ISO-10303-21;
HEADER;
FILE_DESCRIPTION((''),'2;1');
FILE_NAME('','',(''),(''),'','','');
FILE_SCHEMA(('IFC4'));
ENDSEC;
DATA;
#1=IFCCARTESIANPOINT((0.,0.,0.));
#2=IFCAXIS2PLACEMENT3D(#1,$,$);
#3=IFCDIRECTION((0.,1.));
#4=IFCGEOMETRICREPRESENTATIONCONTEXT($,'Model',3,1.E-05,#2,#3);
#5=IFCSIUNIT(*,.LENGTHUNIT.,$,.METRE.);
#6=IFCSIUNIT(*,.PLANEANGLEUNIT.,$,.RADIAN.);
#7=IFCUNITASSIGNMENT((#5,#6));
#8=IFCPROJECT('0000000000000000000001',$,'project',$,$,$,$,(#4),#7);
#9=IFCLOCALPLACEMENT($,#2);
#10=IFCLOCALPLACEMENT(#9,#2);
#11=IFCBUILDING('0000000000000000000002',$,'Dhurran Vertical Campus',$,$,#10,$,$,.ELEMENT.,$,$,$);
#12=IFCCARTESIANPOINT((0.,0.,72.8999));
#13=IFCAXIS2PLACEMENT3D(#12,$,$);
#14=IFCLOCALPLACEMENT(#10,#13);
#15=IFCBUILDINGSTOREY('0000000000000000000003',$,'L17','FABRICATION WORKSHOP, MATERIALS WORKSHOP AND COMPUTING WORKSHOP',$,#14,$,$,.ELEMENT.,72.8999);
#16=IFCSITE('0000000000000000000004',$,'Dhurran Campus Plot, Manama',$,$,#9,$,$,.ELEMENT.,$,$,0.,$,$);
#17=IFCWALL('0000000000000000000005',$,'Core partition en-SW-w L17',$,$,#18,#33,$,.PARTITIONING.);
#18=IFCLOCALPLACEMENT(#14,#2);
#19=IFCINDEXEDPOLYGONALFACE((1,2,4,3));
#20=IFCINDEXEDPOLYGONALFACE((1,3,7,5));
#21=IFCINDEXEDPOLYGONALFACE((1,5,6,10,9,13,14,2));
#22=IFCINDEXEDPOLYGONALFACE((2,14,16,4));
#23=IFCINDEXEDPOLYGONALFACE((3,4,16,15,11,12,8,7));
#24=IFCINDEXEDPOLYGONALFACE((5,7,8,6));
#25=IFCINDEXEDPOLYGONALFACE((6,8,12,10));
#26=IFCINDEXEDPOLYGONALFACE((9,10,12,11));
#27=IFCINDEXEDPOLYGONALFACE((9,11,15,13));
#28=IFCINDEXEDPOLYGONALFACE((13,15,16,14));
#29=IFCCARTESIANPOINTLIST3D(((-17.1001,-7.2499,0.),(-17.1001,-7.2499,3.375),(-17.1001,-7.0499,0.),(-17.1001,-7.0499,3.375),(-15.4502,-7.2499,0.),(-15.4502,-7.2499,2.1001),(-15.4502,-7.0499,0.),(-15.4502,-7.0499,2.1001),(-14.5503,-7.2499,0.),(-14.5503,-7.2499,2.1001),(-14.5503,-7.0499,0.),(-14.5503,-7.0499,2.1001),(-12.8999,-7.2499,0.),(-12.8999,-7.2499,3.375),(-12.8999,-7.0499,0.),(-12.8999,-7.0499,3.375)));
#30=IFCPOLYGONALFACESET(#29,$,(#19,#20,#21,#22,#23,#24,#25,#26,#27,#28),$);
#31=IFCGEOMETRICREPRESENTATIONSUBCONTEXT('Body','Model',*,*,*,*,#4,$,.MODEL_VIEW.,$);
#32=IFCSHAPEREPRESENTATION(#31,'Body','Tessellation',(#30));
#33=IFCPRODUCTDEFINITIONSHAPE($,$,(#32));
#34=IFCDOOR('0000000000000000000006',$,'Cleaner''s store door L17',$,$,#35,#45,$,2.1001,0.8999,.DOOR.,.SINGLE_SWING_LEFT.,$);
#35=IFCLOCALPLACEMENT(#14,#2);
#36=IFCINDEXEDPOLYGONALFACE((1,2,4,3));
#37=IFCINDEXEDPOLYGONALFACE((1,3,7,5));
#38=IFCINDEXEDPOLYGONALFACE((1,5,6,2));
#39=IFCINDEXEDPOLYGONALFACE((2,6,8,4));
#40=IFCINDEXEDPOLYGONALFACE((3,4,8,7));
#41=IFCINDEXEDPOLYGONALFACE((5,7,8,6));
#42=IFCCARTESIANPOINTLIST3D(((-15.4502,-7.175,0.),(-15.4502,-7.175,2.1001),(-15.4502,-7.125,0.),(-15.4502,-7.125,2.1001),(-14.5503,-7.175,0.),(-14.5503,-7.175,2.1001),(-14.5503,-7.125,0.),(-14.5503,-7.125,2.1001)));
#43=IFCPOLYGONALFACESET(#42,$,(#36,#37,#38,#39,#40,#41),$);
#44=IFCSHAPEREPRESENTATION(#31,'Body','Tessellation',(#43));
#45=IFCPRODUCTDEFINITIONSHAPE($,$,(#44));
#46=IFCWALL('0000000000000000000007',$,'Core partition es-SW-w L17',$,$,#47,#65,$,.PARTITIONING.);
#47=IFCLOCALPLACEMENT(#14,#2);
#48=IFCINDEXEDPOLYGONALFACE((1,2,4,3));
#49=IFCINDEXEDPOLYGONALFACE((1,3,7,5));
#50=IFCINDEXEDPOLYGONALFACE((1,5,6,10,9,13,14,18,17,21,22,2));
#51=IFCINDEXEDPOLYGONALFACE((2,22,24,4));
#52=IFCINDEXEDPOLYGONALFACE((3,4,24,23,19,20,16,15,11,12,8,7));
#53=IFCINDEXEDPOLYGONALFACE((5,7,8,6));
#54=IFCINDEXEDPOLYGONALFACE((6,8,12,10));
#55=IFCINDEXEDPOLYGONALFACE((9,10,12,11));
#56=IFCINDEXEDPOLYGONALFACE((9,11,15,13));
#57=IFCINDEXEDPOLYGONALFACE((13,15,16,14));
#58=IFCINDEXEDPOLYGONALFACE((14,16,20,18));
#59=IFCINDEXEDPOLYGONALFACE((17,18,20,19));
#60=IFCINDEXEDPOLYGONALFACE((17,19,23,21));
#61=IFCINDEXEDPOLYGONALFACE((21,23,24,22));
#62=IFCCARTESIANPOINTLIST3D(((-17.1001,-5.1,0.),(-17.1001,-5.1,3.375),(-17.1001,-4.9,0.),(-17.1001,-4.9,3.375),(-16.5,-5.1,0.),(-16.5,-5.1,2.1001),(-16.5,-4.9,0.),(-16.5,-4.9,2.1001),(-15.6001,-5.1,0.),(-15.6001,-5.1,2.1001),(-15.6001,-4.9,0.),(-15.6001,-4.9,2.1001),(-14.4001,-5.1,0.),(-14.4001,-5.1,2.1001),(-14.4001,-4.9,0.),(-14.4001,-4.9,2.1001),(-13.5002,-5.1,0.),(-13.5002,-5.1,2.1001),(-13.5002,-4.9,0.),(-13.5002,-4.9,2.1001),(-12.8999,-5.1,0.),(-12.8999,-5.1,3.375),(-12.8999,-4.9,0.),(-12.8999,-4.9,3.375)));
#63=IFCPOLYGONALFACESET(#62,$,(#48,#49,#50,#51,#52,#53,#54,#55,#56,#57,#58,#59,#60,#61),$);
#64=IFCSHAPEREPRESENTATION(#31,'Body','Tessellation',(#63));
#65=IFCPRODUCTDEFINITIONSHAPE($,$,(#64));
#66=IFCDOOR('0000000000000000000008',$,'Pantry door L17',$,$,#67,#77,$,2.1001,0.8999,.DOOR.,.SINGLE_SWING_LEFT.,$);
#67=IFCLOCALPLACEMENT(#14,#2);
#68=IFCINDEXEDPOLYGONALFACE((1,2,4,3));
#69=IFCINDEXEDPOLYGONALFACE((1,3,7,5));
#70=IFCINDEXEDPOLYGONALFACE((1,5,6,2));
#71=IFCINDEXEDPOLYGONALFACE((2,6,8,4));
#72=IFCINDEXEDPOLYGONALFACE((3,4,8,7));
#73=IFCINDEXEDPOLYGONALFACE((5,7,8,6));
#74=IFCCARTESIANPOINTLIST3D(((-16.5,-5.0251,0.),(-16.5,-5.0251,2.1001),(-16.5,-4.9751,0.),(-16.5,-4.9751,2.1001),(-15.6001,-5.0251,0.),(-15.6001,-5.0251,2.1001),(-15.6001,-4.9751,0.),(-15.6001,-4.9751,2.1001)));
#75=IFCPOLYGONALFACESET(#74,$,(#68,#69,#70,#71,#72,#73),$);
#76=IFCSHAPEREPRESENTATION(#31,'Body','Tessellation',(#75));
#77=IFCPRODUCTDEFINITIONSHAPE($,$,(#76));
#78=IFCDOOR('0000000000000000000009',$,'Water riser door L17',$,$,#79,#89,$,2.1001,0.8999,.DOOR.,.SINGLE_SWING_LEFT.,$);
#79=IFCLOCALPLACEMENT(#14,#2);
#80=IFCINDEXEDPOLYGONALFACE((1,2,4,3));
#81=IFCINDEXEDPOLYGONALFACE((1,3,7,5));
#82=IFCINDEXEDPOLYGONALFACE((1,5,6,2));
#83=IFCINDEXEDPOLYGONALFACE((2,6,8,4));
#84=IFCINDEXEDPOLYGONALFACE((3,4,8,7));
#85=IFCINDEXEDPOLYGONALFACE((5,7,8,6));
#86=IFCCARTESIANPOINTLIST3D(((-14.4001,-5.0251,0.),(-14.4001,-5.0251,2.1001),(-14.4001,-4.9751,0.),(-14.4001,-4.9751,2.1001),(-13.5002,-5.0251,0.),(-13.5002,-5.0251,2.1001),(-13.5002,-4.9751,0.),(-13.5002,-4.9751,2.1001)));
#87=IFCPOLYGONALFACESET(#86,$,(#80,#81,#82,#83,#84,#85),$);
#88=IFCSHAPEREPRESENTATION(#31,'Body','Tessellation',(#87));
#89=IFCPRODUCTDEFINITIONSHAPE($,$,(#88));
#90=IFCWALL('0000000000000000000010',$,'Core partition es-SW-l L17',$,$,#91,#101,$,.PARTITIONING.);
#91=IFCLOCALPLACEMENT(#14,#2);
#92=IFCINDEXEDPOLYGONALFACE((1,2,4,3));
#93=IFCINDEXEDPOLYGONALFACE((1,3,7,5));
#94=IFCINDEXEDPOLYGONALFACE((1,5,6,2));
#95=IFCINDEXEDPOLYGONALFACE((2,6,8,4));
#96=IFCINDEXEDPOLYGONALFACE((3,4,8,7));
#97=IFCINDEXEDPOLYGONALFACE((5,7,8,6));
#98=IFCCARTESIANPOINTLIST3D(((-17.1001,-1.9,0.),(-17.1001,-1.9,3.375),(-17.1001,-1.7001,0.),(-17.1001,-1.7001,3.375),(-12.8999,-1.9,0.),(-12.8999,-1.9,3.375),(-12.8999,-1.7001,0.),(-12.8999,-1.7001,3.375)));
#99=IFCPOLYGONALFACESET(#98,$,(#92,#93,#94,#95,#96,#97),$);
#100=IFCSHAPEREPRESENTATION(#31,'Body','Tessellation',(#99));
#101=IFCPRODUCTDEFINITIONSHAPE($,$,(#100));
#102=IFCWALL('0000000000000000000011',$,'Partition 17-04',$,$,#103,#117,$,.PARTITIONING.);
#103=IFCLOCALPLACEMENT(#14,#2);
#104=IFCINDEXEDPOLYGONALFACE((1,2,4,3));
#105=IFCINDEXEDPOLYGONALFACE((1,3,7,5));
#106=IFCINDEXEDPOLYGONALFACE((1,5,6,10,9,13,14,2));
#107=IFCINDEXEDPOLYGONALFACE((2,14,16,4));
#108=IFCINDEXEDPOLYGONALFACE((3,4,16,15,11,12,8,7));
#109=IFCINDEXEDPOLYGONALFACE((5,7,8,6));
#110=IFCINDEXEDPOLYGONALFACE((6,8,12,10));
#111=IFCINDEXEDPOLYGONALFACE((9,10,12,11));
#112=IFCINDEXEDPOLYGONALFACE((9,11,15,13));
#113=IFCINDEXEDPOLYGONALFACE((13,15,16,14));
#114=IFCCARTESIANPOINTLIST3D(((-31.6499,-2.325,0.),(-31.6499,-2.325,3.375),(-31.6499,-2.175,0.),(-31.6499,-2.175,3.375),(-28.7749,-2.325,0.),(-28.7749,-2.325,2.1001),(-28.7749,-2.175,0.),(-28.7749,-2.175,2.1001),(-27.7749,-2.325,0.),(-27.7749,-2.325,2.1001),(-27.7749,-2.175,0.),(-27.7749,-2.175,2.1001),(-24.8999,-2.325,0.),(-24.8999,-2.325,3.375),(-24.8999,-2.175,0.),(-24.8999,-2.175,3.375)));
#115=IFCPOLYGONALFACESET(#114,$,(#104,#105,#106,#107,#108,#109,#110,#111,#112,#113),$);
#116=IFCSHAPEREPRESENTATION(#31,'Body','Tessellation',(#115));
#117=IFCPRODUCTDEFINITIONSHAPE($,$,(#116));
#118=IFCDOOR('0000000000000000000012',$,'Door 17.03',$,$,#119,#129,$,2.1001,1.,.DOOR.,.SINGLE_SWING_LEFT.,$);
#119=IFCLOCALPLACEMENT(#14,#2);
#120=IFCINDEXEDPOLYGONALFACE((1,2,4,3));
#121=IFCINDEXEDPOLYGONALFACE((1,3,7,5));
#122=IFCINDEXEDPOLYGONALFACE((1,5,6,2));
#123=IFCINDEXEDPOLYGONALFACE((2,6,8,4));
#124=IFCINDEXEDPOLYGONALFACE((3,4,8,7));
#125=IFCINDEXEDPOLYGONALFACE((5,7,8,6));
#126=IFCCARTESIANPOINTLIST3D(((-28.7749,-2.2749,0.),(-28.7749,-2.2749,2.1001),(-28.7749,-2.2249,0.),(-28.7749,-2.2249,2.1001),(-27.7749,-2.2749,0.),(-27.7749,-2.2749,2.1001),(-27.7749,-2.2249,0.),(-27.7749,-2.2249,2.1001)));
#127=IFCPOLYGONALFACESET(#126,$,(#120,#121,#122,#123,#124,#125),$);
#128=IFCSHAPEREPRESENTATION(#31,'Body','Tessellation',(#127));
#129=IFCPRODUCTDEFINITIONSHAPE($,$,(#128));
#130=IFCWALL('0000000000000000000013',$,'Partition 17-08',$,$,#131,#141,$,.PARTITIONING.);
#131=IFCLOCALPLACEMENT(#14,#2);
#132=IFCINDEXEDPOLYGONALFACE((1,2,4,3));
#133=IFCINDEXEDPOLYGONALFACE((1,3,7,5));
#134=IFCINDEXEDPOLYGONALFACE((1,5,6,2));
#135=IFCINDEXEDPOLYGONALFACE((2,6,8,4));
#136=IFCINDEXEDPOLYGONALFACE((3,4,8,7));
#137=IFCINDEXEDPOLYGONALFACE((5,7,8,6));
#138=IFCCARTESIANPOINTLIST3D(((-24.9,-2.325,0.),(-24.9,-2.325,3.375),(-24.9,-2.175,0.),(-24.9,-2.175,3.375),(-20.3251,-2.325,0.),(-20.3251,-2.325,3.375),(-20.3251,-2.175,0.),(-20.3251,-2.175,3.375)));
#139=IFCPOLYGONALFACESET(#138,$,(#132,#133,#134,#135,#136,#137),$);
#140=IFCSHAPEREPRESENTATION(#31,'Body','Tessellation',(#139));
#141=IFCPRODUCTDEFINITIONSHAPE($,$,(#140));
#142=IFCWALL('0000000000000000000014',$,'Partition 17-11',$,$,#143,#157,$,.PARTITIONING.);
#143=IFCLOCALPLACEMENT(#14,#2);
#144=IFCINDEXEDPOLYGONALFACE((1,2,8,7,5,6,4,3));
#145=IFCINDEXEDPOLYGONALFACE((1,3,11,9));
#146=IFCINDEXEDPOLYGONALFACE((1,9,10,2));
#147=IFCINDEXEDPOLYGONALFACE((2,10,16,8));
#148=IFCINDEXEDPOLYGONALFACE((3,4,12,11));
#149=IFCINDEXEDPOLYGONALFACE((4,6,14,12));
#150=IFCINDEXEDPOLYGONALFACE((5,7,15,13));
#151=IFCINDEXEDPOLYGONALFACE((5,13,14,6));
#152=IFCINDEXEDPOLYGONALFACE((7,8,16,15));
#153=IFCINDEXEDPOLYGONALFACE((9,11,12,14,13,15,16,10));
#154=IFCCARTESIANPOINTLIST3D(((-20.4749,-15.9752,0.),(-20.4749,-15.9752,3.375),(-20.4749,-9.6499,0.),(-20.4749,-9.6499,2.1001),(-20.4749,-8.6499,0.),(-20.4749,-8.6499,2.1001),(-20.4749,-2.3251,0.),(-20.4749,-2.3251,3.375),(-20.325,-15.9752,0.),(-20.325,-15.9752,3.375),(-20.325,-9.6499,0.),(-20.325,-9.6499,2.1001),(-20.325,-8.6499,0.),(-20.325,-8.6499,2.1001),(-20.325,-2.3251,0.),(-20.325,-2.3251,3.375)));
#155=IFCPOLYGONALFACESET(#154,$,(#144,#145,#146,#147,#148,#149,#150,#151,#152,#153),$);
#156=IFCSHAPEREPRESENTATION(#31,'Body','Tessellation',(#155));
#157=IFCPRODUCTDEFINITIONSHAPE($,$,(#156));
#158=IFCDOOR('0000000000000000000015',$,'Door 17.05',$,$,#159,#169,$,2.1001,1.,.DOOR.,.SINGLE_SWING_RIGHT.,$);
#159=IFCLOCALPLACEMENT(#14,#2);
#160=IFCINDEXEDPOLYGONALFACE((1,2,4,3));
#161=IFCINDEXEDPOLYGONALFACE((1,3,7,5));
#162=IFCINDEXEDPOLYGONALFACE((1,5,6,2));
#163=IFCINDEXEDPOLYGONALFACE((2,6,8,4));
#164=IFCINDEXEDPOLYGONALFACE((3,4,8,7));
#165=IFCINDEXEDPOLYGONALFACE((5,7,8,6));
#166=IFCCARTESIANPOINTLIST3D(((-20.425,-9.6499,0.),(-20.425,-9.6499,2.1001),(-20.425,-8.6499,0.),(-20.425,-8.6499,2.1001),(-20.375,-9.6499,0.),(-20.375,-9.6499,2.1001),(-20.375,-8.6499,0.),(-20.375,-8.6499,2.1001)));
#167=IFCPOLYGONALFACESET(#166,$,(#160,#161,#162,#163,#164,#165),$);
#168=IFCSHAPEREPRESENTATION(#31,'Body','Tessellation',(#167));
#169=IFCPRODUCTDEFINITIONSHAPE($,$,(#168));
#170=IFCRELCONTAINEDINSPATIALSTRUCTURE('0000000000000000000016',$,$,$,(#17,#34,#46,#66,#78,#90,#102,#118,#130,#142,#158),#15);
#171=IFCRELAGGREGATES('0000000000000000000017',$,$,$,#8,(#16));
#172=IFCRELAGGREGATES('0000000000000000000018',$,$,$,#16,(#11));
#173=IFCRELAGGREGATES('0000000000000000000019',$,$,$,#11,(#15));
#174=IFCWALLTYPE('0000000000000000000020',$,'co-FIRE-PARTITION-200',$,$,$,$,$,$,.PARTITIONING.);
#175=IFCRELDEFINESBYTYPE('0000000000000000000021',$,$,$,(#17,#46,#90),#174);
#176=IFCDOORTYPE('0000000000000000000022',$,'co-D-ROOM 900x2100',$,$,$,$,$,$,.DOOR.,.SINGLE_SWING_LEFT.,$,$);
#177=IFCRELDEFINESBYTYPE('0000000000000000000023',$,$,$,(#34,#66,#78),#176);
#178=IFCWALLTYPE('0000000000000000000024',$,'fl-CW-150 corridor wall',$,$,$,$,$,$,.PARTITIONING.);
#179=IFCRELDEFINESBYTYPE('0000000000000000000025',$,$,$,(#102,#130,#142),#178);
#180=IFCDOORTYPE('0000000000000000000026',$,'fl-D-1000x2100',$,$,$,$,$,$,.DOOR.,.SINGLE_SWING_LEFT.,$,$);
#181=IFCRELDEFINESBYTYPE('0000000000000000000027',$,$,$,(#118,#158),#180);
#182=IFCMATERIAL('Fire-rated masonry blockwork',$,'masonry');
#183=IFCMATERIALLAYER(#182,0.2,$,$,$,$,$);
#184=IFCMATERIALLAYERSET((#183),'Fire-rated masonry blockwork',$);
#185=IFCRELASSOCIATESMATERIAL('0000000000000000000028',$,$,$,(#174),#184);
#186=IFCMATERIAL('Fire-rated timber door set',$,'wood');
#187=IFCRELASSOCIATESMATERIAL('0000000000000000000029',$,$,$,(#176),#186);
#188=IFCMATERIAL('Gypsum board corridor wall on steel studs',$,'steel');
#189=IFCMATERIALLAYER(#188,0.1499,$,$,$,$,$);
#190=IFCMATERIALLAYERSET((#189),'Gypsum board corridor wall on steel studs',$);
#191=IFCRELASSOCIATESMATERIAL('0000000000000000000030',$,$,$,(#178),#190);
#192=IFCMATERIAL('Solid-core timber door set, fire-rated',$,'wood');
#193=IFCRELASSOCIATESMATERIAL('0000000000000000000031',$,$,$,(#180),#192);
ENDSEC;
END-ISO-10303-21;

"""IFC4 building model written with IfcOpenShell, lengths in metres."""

from ifc_helpers import new_model, si_unit, direction, frame, frame_2d, origin, place, context, subcontext, project, spatial, rectangle, extrude, material, layer, layer_set, type_object, element, fill, save


model = new_model("IFC4")

# Units and contexts
model_context = context("Model", 3, precision=1e-05, world=origin(), true_north=direction((0.0, 1.0)))
body_context = subcontext(model_context, "Body", "Model", "MODEL_VIEW")
ifc_project = project(units=[si_unit("LENGTHUNIT", "METRE"), si_unit("PLANEANGLEUNIT", "RADIAN")], contexts=[model_context])

# Site, building, storey
site_placement = place(None, origin())
site = spatial("IfcSite", under=ifc_project, at=site_placement, Name="Dhurran Campus Plot, Manama", CompositionType="ELEMENT", RefElevation=0.0)
building_placement = place(site_placement, origin())
building = spatial("IfcBuilding", under=site, at=building_placement, Name="Dhurran Vertical Campus", CompositionType="ELEMENT")
storey_placement = place(building_placement, frame((0.0, 0.0, 72.8999)))
storey = spatial("IfcBuildingStorey", under=building, at=storey_placement, Name="L17", Description="FABRICATION WORKSHOP, MATERIALS WORKSHOP AND COMPUTING WORKSHOP", CompositionType="ELEMENT", Elevation=72.8999)

# Wall, opening, door
ifc_material_1 = material(Name="Fire-rated masonry blockwork", Category="masonry")
ifc_layer_1 = layer(ifc_material_1, 0.2)
ifc_layer_set_1 = layer_set([ifc_layer_1], Name="Fire-rated masonry blockwork")
wall_type_1 = type_object("IfcWallType", Name="co-FIRE-PARTITION-200", PredefinedType="PARTITIONING", material=ifc_layer_set_1)
wall_1_placement = place(storey_placement, frame((-17.1001, -7.1499, 0.0), z_axis=(0.0, 0.0, 1.0), x_axis=(1.0, 0.0, 0.0)))
wall_1 = element("IfcWall", 1, at=wall_1_placement, inside=storey, type_object=wall_type_1, Name="Core partition en-SW-w L17", PredefinedType="PARTITIONING", context=body_context, shape_type="SweptSolid", body=[
    extrude(rectangle(XDim=4.2002, YDim=0.2, at=frame_2d((2.1001, 0.0))), origin(), (0.0, 0.0, 1.0), 3.375),
])
opening_1_placement = place(wall_1_placement, frame((1.6499, 0.0, 0.0)))
opening_1 = element("IfcOpeningElement", 2, at=opening_1_placement, cuts=wall_1, PredefinedType="OPENING", context=body_context, shape_type="SweptSolid", body=[
    extrude(rectangle(XDim=0.8999, YDim=2.1001, at=frame_2d((0.45, 1.05))), frame((0.0, 0.1099, 0.0), z_axis=(0.0, -1.0, 0.0), x_axis=(1.0, 0.0, 0.0)), (0.0, 0.0, 1.0), 0.22),
])
ifc_material_2 = material(Name="Fire-rated timber door set", Category="wood")
door_type_1 = type_object("IfcDoorType", Name="co-D-ROOM 900x2100", OperationType="SINGLE_SWING_LEFT", PredefinedType="DOOR", material=ifc_material_2)
door_1_placement = place(opening_1_placement, origin())
door_1 = element("IfcDoor", 3, at=door_1_placement, inside=storey, type_object=door_type_1, Name="Cleaner's store door L17", OperationType="SINGLE_SWING_LEFT", OverallHeight=2.1001, OverallWidth=0.8999, PredefinedType="DOOR", context=body_context, shape_type="SweptSolid", body=[
    extrude(rectangle(XDim=0.8999, YDim=2.1001, at=frame_2d((0.45, 1.05))), frame((0.0, 0.0249, 0.0), z_axis=(0.0, -1.0, 0.0), x_axis=(1.0, 0.0, 0.0)), (0.0, 0.0, 1.0), 0.05),
])
fill(opening_1, door_1)

# Wall, openings, doors
wall_2_placement = place(storey_placement, frame((-17.1001, -5.0, 0.0), z_axis=(0.0, 0.0, 1.0), x_axis=(1.0, 0.0, 0.0)))
wall_2 = element("IfcWall", 4, at=wall_2_placement, inside=storey, type_object=wall_type_1, Name="Core partition es-SW-w L17", PredefinedType="PARTITIONING", context=body_context, shape_type="SweptSolid", body=[
    extrude(rectangle(XDim=4.2002, YDim=0.2, at=frame_2d((2.1001, 0.0))), origin(), (0.0, 0.0, 1.0), 3.375),
])
opening_2_placement = place(wall_2_placement, frame((0.6001, 0.0, 0.0)))
opening_2 = element("IfcOpeningElement", 5, at=opening_2_placement, cuts=wall_2, PredefinedType="OPENING", context=body_context, shape_type="SweptSolid", body=[
    extrude(rectangle(XDim=0.8999, YDim=2.1001, at=frame_2d((0.45, 1.05))), frame((0.0, 0.1099, 0.0), z_axis=(0.0, -1.0, 0.0), x_axis=(1.0, 0.0, 0.0)), (0.0, 0.0, 1.0), 0.22),
])
opening_3_placement = place(wall_2_placement, frame((2.7, 0.0, 0.0)))
opening_3 = element("IfcOpeningElement", 6, at=opening_3_placement, cuts=wall_2, PredefinedType="OPENING", context=body_context, shape_type="SweptSolid", body=[
    extrude(rectangle(XDim=0.8999, YDim=2.1001, at=frame_2d((0.45, 1.05))), frame((0.0, 0.1099, 0.0), z_axis=(0.0, -1.0, 0.0), x_axis=(1.0, 0.0, 0.0)), (0.0, 0.0, 1.0), 0.22),
])
door_2_placement = place(opening_2_placement, origin())
door_2 = element("IfcDoor", 7, at=door_2_placement, inside=storey, type_object=door_type_1, Name="Pantry door L17", OperationType="SINGLE_SWING_LEFT", OverallHeight=2.1001, OverallWidth=0.8999, PredefinedType="DOOR", context=body_context, shape_type="SweptSolid", body=[
    extrude(rectangle(XDim=0.8999, YDim=2.1001, at=frame_2d((0.45, 1.05))), frame((0.0, 0.0249, 0.0), z_axis=(0.0, -1.0, 0.0), x_axis=(1.0, 0.0, 0.0)), (0.0, 0.0, 1.0), 0.05),
])
fill(opening_2, door_2)
door_3_placement = place(opening_3_placement, origin())
door_3 = element("IfcDoor", 8, at=door_3_placement, inside=storey, type_object=door_type_1, Name="Water riser door L17", OperationType="SINGLE_SWING_LEFT", OverallHeight=2.1001, OverallWidth=0.8999, PredefinedType="DOOR", context=body_context, shape_type="SweptSolid", body=[
    extrude(rectangle(XDim=0.8999, YDim=2.1001, at=frame_2d((0.45, 1.05))), frame((0.0, 0.0249, 0.0), z_axis=(0.0, -1.0, 0.0), x_axis=(1.0, 0.0, 0.0)), (0.0, 0.0, 1.0), 0.05),
])
fill(opening_3, door_3)

# Wall
wall_3_placement = place(storey_placement, frame((-17.1001, -1.8, 0.0), z_axis=(0.0, 0.0, 1.0), x_axis=(1.0, 0.0, 0.0)))
element("IfcWall", 9, at=wall_3_placement, inside=storey, type_object=wall_type_1, Name="Core partition es-SW-l L17", PredefinedType="PARTITIONING", context=body_context, shape_type="SweptSolid", body=[
    extrude(rectangle(XDim=4.2002, YDim=0.2, at=frame_2d((2.1001, 0.0))), origin(), (0.0, 0.0, 1.0), 3.375),
])

# Wall, opening, door
ifc_material_3 = material(Name="Gypsum board corridor wall on steel studs", Category="steel")
ifc_layer_2 = layer(ifc_material_3, 0.1499)
ifc_layer_set_2 = layer_set([ifc_layer_2], Name="Gypsum board corridor wall on steel studs")
wall_type_2 = type_object("IfcWallType", Name="fl-CW-150 corridor wall", PredefinedType="PARTITIONING", material=ifc_layer_set_2)
wall_4_placement = place(storey_placement, frame((-24.8999, -2.25, 0.0), z_axis=(0.0, 0.0, 1.0), x_axis=(-1.0, 0.0, 0.0)))
wall_4 = element("IfcWall", 10, at=wall_4_placement, inside=storey, type_object=wall_type_2, Name="Partition 17-04", PredefinedType="PARTITIONING", context=body_context, shape_type="SweptSolid", body=[
    extrude(rectangle(XDim=6.75, YDim=0.1499, at=frame_2d((3.375, 0.0))), origin(), (0.0, 0.0, 1.0), 3.375),
])
opening_4_placement = place(wall_4_placement, frame((2.875, 0.0, 0.0)))
opening_4 = element("IfcOpeningElement", 11, at=opening_4_placement, cuts=wall_4, PredefinedType="OPENING", context=body_context, shape_type="SweptSolid", body=[
    extrude(rectangle(XDim=1.0, YDim=2.1001, at=frame_2d((0.5, 1.05))), frame((0.0, 0.085, 0.0), z_axis=(0.0, -1.0, 0.0), x_axis=(1.0, 0.0, 0.0)), (0.0, 0.0, 1.0), 0.1699),
])
ifc_material_4 = material(Name="Solid-core timber door set, fire-rated", Category="wood")
door_type_2 = type_object("IfcDoorType", Name="fl-D-1000x2100", OperationType="SINGLE_SWING_LEFT", PredefinedType="DOOR", material=ifc_material_4)
door_4_placement = place(opening_4_placement, origin())
door_4 = element("IfcDoor", 12, at=door_4_placement, inside=storey, type_object=door_type_2, Name="Door 17.03", OperationType="SINGLE_SWING_LEFT", OverallHeight=2.1001, OverallWidth=1.0, PredefinedType="DOOR", context=body_context, shape_type="SweptSolid", body=[
    extrude(rectangle(XDim=1.0, YDim=2.1001, at=frame_2d((0.5, 1.05))), frame((0.0, 0.0249, 0.0), z_axis=(0.0, -1.0, 0.0), x_axis=(1.0, 0.0, 0.0)), (0.0, 0.0, 1.0), 0.05),
])
fill(opening_4, door_4)

# Wall
wall_5_placement = place(storey_placement, frame((-20.325, -2.25, 0.0), z_axis=(0.0, 0.0, 1.0), x_axis=(-1.0, 0.0, 0.0)))
element("IfcWall", 13, at=wall_5_placement, inside=storey, type_object=wall_type_2, Name="Partition 17-08", PredefinedType="PARTITIONING", context=body_context, shape_type="SweptSolid", body=[
    extrude(rectangle(XDim=4.575, YDim=0.1499, at=frame_2d((2.2876, 0.0))), origin(), (0.0, 0.0, 1.0), 3.375),
])

# Wall, opening, door
wall_6_placement = place(storey_placement, frame((-20.3999, -2.325, 0.0), z_axis=(0.0, 0.0, 1.0), x_axis=(0.0, -1.0, 0.0)))
wall_6 = element("IfcWall", 14, at=wall_6_placement, inside=storey, type_object=wall_type_2, Name="Partition 17-11", PredefinedType="PARTITIONING", context=body_context, shape_type="SweptSolid", body=[
    extrude(rectangle(XDim=13.6501, YDim=0.1499, at=frame_2d((6.8252, 0.0))), origin(), (0.0, 0.0, 1.0), 3.375),
])
opening_5_placement = place(wall_6_placement, frame((6.325, 0.0, 0.0)))
opening_5 = element("IfcOpeningElement", 15, at=opening_5_placement, cuts=wall_6, PredefinedType="OPENING", context=body_context, shape_type="SweptSolid", body=[
    extrude(rectangle(XDim=1.0, YDim=2.1001, at=frame_2d((0.5, 1.05))), frame((0.0, 0.085, 0.0), z_axis=(0.0, -1.0, 0.0), x_axis=(1.0, 0.0, 0.0)), (0.0, 0.0, 1.0), 0.1699),
])
door_5_placement = place(opening_5_placement, origin())
door_5 = element("IfcDoor", 16, at=door_5_placement, inside=storey, type_object=door_type_2, Name="Door 17.05", OperationType="SINGLE_SWING_RIGHT", OverallHeight=2.1001, OverallWidth=1.0, PredefinedType="DOOR", context=body_context, shape_type="SweptSolid", body=[
    extrude(rectangle(XDim=1.0, YDim=2.1001, at=frame_2d((0.5, 1.05))), frame((0.0, 0.0249, 0.0), z_axis=(0.0, -1.0, 0.0), x_axis=(1.0, 0.0, 0.0)), (0.0, 0.0, 1.0), 0.05),
])
fill(opening_5, door_5)

save(model, "model.ifc")
